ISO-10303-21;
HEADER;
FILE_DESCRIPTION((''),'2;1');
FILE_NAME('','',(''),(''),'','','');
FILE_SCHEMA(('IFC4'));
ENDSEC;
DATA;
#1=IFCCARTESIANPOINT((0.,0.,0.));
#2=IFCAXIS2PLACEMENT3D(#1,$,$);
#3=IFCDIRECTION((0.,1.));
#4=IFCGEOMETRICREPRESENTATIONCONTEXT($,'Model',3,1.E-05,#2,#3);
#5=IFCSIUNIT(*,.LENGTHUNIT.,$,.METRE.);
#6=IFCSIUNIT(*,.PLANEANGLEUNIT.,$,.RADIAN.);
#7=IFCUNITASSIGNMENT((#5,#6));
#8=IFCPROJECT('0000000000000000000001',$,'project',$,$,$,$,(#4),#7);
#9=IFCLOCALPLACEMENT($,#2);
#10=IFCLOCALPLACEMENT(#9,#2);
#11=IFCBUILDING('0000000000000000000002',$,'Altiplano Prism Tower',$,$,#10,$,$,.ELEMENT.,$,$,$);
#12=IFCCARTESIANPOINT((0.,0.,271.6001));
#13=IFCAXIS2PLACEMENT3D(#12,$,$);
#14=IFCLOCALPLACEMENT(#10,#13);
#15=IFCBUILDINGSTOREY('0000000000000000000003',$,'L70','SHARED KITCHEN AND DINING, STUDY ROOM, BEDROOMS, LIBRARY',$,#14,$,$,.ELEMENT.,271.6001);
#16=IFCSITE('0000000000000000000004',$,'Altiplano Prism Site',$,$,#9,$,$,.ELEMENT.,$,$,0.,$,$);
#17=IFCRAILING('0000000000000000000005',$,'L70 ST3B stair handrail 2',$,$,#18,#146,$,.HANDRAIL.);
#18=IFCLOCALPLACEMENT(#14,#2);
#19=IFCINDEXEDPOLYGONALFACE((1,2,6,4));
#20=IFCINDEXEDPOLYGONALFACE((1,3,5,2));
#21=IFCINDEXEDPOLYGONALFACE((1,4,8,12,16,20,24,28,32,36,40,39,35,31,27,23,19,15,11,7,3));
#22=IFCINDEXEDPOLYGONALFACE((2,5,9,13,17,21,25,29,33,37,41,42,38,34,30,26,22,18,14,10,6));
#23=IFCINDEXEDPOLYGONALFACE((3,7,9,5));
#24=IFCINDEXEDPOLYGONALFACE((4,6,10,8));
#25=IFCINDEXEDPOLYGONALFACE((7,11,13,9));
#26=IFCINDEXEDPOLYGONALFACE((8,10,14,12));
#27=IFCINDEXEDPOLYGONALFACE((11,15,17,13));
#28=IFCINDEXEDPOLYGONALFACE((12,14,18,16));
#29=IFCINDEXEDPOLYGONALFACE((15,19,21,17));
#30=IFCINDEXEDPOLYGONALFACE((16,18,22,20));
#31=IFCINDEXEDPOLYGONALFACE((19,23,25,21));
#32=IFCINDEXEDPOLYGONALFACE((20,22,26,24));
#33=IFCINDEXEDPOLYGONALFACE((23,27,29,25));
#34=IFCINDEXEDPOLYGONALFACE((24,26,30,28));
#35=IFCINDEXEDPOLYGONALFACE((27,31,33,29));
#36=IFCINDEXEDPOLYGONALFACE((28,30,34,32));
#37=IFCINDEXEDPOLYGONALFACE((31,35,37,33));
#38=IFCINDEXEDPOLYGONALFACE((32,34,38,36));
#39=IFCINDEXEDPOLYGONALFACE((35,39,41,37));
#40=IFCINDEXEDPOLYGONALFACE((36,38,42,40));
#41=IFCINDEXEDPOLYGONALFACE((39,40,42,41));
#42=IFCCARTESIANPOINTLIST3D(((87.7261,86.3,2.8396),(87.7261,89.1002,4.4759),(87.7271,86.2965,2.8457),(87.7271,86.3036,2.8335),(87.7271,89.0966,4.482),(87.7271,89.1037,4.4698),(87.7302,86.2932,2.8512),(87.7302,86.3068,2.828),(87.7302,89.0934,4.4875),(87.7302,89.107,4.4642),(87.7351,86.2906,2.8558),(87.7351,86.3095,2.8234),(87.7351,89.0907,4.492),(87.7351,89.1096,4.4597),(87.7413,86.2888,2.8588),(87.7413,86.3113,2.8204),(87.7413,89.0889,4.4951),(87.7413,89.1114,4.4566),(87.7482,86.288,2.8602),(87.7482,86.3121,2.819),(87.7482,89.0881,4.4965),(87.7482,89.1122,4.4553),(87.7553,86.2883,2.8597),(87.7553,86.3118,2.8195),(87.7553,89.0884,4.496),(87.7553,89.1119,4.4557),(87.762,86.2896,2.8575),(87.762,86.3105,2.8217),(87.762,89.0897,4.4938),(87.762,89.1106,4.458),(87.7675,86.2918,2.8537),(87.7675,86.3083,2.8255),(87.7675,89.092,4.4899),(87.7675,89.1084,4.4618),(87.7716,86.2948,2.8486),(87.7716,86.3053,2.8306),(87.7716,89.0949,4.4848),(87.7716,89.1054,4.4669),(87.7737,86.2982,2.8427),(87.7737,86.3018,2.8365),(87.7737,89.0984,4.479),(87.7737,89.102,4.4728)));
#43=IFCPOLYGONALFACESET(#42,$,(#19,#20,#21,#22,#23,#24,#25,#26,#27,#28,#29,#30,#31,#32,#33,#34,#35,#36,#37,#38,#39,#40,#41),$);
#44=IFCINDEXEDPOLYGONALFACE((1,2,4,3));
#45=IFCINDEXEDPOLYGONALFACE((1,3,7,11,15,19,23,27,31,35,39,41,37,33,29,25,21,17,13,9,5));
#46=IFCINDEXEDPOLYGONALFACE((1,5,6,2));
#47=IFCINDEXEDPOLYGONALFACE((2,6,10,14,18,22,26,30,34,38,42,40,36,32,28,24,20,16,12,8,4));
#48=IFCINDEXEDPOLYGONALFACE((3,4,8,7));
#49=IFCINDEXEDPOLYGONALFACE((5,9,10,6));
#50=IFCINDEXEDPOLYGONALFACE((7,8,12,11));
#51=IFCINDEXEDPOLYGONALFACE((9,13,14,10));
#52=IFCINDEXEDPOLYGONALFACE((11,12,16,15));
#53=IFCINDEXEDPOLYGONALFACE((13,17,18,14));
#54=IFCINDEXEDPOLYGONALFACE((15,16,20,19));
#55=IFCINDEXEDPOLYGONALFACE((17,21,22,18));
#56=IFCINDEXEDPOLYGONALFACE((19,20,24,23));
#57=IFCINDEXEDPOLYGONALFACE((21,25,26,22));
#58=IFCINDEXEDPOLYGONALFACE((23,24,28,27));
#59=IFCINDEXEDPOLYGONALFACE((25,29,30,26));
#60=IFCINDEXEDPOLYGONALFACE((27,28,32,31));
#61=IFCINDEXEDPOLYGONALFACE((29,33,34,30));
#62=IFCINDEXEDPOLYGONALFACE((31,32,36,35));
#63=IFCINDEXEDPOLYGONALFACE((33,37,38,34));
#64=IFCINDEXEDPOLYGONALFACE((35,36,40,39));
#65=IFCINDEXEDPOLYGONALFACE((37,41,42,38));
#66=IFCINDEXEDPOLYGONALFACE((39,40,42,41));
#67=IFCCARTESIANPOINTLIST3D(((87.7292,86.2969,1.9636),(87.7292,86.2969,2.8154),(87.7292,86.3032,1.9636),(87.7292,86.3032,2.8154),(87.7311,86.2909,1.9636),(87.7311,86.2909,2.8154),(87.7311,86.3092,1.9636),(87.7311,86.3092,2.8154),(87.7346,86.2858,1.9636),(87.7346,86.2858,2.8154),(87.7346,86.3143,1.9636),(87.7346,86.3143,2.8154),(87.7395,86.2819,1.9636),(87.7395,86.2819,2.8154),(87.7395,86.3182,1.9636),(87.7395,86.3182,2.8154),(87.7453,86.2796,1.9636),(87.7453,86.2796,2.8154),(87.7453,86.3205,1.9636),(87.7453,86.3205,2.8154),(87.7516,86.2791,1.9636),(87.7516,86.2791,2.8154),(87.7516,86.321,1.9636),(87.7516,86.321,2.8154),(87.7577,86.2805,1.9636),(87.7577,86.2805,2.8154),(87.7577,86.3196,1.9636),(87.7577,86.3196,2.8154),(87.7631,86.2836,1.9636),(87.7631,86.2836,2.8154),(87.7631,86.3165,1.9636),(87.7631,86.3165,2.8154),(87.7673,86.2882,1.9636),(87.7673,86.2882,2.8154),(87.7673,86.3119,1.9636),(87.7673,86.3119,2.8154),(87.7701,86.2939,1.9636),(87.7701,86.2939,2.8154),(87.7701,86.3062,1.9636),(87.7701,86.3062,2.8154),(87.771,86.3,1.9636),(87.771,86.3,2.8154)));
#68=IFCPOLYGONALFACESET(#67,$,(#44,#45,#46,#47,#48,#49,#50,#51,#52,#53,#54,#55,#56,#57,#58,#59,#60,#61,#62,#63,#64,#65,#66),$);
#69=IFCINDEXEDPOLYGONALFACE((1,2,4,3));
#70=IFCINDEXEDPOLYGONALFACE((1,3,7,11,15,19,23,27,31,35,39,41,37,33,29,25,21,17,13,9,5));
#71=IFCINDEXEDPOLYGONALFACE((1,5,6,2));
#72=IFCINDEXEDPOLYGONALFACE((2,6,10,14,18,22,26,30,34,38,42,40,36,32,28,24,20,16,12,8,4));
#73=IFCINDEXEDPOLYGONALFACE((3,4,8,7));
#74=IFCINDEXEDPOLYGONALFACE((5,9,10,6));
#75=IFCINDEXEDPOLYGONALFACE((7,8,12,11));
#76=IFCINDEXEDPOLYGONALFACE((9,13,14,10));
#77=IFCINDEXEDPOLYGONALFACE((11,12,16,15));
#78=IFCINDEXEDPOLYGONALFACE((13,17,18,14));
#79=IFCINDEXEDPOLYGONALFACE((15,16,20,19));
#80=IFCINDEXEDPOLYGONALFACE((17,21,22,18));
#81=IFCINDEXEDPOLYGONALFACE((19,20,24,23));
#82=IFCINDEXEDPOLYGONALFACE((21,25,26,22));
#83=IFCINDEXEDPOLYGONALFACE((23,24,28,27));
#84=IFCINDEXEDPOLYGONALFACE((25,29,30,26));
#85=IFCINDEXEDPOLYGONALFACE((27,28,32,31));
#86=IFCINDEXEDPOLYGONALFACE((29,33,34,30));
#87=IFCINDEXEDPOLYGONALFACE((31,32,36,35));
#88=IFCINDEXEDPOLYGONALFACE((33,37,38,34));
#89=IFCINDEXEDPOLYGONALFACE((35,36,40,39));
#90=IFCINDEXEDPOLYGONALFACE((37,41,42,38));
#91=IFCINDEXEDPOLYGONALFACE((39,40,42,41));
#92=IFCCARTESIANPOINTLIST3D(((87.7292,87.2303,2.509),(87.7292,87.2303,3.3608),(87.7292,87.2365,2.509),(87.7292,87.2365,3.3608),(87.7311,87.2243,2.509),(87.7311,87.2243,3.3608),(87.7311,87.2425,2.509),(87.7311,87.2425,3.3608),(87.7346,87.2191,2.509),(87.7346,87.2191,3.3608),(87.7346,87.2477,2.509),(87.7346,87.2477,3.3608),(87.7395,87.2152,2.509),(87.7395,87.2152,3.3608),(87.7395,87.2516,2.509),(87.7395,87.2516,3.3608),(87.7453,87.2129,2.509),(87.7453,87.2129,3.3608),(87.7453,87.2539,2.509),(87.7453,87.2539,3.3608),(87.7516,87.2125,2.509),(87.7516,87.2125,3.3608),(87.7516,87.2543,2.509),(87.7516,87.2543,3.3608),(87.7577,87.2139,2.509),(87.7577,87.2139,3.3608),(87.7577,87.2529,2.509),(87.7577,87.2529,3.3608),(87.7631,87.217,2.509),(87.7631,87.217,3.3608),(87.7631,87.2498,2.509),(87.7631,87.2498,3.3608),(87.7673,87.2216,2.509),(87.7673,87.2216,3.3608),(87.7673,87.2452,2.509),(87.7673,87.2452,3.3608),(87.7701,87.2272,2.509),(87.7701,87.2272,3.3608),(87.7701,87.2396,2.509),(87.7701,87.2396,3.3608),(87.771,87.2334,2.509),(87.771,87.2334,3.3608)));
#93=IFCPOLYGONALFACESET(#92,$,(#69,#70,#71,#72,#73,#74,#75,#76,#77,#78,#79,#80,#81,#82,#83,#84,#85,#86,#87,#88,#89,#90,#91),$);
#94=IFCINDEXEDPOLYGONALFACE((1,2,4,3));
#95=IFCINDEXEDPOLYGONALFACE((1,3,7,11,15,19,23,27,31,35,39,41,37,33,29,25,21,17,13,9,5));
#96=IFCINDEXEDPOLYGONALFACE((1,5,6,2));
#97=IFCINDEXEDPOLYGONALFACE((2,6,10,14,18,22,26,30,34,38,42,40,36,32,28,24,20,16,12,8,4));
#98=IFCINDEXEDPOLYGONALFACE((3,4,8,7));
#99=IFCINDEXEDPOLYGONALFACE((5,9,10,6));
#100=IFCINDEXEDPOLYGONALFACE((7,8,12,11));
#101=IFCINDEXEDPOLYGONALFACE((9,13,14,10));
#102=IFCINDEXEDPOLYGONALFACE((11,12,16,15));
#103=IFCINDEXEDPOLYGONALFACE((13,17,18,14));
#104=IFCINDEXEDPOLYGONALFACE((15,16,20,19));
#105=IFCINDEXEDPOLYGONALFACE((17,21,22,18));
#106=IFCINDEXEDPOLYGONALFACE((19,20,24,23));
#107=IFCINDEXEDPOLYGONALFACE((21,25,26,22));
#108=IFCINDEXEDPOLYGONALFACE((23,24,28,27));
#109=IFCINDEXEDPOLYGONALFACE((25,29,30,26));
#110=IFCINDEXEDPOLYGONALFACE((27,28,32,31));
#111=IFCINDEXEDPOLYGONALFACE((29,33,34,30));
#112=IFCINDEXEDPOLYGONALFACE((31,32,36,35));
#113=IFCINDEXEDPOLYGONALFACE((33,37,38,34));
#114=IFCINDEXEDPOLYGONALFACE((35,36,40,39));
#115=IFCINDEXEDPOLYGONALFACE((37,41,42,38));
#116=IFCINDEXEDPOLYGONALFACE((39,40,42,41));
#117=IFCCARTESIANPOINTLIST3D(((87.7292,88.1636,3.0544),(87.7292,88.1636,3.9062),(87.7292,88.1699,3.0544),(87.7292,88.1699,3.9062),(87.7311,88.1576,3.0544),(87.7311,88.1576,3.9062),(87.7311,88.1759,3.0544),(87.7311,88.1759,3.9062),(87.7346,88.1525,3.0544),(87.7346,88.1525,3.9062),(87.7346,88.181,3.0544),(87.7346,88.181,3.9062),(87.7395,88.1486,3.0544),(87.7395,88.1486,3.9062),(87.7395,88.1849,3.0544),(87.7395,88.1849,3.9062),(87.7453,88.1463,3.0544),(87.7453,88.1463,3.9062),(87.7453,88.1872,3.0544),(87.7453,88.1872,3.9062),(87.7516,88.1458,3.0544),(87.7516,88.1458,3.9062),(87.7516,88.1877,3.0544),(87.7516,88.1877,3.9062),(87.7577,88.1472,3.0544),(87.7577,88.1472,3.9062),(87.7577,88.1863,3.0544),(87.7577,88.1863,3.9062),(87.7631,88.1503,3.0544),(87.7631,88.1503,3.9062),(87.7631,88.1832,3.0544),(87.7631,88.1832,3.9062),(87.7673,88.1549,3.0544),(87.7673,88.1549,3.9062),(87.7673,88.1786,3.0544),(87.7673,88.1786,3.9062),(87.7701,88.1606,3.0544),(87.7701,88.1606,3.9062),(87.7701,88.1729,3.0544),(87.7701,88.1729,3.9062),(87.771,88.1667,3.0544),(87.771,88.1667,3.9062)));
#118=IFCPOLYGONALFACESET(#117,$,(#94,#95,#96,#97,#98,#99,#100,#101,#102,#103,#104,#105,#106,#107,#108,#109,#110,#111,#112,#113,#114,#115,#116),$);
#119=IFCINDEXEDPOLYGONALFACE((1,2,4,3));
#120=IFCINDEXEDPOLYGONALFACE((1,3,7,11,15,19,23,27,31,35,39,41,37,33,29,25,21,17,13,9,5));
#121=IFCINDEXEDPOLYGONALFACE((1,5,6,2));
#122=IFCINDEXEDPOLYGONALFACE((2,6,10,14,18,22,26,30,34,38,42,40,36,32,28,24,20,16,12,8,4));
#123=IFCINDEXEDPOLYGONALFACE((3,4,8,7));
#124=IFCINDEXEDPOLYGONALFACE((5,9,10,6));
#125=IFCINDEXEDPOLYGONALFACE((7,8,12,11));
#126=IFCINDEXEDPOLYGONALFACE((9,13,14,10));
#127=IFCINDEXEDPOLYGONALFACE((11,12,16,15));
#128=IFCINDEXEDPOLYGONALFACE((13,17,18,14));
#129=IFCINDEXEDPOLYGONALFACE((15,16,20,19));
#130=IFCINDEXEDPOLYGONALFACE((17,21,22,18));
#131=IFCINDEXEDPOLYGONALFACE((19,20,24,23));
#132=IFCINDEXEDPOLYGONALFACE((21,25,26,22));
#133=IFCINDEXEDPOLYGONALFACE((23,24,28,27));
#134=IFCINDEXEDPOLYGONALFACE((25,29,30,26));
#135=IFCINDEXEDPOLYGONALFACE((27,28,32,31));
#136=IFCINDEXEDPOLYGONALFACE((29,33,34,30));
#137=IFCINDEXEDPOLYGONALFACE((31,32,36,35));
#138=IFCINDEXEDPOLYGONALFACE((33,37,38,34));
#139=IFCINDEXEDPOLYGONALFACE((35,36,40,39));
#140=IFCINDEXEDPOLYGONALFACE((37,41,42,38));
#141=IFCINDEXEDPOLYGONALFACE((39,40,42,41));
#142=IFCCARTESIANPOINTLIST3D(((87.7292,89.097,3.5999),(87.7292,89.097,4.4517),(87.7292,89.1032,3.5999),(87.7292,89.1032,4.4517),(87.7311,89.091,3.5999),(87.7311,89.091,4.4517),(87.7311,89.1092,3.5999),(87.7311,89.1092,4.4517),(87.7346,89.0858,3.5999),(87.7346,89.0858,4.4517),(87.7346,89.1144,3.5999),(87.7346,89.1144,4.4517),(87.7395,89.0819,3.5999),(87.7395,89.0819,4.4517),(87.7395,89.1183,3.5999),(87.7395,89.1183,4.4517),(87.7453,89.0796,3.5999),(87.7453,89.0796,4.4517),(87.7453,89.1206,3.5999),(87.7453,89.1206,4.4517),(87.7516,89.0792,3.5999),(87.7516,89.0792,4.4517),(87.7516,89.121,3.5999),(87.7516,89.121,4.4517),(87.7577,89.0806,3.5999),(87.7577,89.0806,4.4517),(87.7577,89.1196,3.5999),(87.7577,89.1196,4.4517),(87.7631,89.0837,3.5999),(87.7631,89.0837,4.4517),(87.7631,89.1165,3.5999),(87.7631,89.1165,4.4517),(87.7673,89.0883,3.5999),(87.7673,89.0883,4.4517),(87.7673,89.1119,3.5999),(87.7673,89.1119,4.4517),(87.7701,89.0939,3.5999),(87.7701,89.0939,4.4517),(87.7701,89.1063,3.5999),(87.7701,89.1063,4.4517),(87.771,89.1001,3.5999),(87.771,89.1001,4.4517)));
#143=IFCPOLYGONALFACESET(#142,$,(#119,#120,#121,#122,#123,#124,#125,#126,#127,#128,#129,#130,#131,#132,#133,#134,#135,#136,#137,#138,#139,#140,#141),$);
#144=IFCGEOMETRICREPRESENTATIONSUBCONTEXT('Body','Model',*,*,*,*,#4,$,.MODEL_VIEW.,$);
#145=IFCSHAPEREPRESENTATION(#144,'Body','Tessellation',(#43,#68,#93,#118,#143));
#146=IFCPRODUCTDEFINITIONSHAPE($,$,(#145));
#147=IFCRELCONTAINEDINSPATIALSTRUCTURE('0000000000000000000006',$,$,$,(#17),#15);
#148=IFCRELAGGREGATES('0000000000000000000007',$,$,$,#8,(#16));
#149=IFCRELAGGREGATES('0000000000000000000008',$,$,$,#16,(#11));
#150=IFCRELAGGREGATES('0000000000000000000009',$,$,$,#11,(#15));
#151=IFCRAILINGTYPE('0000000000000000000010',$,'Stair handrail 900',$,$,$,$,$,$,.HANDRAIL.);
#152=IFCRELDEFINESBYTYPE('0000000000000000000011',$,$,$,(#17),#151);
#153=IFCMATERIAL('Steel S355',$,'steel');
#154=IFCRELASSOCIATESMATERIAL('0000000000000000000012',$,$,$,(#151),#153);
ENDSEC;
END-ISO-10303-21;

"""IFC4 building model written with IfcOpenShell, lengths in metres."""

from ifc_helpers import new_model, si_unit, direction, frame, origin, origin_2d, place, context, subcontext, project, spatial, circle, extrude, material, type_object, element, save


model = new_model("IFC4")

# Units and contexts
model_context = context("Model", 3, precision=1e-05, world=origin(), true_north=direction((0.0, 1.0)))
body_context = subcontext(model_context, "Body", "Model", "MODEL_VIEW")
ifc_project = project(units=[si_unit("LENGTHUNIT", "METRE"), si_unit("PLANEANGLEUNIT", "RADIAN")], contexts=[model_context])

# Site, building, storey
site_placement = place(None, origin())
site = spatial("IfcSite", under=ifc_project, at=site_placement, Name="Altiplano Prism Site", CompositionType="ELEMENT", RefElevation=0.0)
building_placement = place(site_placement, origin())
building = spatial("IfcBuilding", under=site, at=building_placement, Name="Altiplano Prism Tower", CompositionType="ELEMENT")
storey_placement = place(building_placement, frame((0.0, 0.0, 271.6001)))
storey = spatial("IfcBuildingStorey", under=building, at=storey_placement, Name="L70", Description="SHARED KITCHEN AND DINING, STUDY ROOM, BEDROOMS, LIBRARY", CompositionType="ELEMENT", Elevation=271.6001)

# Railing
ifc_material_1 = material(Name="Steel S355", Category="steel")
railing_type_1 = type_object("IfcRailingType", Name="Stair handrail 900", PredefinedType="HANDRAIL", material=ifc_material_1)
railing_1_placement = place(storey_placement, frame((87.75, 86.3, 1.9636)))
element("IfcRailing", 1, at=railing_1_placement, inside=storey, type_object=railing_type_1, Name="L70 ST3B stair handrail 2", PredefinedType="HANDRAIL", context=body_context, shape_type="SweptSolid", body=[
    extrude(circle(Radius=0.0239, at=origin_2d()), frame((0.0, 0.0, 0.876), z_axis=(0.0, 0.863394, 0.504531), x_axis=(-1.0, 0.0, 0.0)), (0.0, 0.0, 1.0), 3.2432),
    extrude(circle(Radius=0.021, at=origin_2d()), origin(), (0.0, 0.0, 1.0), 0.8518),
    extrude(circle(Radius=0.021, at=origin_2d()), frame((0.0, 0.9333, 0.5454)), (0.0, 0.0, 1.0), 0.8518),
    extrude(circle(Radius=0.021, at=origin_2d()), frame((0.0, 1.8667, 1.0908)), (0.0, 0.0, 1.0), 0.8518),
    extrude(circle(Radius=0.021, at=origin_2d()), frame((0.0, 2.8, 1.6362)), (0.0, 0.0, 1.0), 0.8518),
])

save(model, "model.ifc")
